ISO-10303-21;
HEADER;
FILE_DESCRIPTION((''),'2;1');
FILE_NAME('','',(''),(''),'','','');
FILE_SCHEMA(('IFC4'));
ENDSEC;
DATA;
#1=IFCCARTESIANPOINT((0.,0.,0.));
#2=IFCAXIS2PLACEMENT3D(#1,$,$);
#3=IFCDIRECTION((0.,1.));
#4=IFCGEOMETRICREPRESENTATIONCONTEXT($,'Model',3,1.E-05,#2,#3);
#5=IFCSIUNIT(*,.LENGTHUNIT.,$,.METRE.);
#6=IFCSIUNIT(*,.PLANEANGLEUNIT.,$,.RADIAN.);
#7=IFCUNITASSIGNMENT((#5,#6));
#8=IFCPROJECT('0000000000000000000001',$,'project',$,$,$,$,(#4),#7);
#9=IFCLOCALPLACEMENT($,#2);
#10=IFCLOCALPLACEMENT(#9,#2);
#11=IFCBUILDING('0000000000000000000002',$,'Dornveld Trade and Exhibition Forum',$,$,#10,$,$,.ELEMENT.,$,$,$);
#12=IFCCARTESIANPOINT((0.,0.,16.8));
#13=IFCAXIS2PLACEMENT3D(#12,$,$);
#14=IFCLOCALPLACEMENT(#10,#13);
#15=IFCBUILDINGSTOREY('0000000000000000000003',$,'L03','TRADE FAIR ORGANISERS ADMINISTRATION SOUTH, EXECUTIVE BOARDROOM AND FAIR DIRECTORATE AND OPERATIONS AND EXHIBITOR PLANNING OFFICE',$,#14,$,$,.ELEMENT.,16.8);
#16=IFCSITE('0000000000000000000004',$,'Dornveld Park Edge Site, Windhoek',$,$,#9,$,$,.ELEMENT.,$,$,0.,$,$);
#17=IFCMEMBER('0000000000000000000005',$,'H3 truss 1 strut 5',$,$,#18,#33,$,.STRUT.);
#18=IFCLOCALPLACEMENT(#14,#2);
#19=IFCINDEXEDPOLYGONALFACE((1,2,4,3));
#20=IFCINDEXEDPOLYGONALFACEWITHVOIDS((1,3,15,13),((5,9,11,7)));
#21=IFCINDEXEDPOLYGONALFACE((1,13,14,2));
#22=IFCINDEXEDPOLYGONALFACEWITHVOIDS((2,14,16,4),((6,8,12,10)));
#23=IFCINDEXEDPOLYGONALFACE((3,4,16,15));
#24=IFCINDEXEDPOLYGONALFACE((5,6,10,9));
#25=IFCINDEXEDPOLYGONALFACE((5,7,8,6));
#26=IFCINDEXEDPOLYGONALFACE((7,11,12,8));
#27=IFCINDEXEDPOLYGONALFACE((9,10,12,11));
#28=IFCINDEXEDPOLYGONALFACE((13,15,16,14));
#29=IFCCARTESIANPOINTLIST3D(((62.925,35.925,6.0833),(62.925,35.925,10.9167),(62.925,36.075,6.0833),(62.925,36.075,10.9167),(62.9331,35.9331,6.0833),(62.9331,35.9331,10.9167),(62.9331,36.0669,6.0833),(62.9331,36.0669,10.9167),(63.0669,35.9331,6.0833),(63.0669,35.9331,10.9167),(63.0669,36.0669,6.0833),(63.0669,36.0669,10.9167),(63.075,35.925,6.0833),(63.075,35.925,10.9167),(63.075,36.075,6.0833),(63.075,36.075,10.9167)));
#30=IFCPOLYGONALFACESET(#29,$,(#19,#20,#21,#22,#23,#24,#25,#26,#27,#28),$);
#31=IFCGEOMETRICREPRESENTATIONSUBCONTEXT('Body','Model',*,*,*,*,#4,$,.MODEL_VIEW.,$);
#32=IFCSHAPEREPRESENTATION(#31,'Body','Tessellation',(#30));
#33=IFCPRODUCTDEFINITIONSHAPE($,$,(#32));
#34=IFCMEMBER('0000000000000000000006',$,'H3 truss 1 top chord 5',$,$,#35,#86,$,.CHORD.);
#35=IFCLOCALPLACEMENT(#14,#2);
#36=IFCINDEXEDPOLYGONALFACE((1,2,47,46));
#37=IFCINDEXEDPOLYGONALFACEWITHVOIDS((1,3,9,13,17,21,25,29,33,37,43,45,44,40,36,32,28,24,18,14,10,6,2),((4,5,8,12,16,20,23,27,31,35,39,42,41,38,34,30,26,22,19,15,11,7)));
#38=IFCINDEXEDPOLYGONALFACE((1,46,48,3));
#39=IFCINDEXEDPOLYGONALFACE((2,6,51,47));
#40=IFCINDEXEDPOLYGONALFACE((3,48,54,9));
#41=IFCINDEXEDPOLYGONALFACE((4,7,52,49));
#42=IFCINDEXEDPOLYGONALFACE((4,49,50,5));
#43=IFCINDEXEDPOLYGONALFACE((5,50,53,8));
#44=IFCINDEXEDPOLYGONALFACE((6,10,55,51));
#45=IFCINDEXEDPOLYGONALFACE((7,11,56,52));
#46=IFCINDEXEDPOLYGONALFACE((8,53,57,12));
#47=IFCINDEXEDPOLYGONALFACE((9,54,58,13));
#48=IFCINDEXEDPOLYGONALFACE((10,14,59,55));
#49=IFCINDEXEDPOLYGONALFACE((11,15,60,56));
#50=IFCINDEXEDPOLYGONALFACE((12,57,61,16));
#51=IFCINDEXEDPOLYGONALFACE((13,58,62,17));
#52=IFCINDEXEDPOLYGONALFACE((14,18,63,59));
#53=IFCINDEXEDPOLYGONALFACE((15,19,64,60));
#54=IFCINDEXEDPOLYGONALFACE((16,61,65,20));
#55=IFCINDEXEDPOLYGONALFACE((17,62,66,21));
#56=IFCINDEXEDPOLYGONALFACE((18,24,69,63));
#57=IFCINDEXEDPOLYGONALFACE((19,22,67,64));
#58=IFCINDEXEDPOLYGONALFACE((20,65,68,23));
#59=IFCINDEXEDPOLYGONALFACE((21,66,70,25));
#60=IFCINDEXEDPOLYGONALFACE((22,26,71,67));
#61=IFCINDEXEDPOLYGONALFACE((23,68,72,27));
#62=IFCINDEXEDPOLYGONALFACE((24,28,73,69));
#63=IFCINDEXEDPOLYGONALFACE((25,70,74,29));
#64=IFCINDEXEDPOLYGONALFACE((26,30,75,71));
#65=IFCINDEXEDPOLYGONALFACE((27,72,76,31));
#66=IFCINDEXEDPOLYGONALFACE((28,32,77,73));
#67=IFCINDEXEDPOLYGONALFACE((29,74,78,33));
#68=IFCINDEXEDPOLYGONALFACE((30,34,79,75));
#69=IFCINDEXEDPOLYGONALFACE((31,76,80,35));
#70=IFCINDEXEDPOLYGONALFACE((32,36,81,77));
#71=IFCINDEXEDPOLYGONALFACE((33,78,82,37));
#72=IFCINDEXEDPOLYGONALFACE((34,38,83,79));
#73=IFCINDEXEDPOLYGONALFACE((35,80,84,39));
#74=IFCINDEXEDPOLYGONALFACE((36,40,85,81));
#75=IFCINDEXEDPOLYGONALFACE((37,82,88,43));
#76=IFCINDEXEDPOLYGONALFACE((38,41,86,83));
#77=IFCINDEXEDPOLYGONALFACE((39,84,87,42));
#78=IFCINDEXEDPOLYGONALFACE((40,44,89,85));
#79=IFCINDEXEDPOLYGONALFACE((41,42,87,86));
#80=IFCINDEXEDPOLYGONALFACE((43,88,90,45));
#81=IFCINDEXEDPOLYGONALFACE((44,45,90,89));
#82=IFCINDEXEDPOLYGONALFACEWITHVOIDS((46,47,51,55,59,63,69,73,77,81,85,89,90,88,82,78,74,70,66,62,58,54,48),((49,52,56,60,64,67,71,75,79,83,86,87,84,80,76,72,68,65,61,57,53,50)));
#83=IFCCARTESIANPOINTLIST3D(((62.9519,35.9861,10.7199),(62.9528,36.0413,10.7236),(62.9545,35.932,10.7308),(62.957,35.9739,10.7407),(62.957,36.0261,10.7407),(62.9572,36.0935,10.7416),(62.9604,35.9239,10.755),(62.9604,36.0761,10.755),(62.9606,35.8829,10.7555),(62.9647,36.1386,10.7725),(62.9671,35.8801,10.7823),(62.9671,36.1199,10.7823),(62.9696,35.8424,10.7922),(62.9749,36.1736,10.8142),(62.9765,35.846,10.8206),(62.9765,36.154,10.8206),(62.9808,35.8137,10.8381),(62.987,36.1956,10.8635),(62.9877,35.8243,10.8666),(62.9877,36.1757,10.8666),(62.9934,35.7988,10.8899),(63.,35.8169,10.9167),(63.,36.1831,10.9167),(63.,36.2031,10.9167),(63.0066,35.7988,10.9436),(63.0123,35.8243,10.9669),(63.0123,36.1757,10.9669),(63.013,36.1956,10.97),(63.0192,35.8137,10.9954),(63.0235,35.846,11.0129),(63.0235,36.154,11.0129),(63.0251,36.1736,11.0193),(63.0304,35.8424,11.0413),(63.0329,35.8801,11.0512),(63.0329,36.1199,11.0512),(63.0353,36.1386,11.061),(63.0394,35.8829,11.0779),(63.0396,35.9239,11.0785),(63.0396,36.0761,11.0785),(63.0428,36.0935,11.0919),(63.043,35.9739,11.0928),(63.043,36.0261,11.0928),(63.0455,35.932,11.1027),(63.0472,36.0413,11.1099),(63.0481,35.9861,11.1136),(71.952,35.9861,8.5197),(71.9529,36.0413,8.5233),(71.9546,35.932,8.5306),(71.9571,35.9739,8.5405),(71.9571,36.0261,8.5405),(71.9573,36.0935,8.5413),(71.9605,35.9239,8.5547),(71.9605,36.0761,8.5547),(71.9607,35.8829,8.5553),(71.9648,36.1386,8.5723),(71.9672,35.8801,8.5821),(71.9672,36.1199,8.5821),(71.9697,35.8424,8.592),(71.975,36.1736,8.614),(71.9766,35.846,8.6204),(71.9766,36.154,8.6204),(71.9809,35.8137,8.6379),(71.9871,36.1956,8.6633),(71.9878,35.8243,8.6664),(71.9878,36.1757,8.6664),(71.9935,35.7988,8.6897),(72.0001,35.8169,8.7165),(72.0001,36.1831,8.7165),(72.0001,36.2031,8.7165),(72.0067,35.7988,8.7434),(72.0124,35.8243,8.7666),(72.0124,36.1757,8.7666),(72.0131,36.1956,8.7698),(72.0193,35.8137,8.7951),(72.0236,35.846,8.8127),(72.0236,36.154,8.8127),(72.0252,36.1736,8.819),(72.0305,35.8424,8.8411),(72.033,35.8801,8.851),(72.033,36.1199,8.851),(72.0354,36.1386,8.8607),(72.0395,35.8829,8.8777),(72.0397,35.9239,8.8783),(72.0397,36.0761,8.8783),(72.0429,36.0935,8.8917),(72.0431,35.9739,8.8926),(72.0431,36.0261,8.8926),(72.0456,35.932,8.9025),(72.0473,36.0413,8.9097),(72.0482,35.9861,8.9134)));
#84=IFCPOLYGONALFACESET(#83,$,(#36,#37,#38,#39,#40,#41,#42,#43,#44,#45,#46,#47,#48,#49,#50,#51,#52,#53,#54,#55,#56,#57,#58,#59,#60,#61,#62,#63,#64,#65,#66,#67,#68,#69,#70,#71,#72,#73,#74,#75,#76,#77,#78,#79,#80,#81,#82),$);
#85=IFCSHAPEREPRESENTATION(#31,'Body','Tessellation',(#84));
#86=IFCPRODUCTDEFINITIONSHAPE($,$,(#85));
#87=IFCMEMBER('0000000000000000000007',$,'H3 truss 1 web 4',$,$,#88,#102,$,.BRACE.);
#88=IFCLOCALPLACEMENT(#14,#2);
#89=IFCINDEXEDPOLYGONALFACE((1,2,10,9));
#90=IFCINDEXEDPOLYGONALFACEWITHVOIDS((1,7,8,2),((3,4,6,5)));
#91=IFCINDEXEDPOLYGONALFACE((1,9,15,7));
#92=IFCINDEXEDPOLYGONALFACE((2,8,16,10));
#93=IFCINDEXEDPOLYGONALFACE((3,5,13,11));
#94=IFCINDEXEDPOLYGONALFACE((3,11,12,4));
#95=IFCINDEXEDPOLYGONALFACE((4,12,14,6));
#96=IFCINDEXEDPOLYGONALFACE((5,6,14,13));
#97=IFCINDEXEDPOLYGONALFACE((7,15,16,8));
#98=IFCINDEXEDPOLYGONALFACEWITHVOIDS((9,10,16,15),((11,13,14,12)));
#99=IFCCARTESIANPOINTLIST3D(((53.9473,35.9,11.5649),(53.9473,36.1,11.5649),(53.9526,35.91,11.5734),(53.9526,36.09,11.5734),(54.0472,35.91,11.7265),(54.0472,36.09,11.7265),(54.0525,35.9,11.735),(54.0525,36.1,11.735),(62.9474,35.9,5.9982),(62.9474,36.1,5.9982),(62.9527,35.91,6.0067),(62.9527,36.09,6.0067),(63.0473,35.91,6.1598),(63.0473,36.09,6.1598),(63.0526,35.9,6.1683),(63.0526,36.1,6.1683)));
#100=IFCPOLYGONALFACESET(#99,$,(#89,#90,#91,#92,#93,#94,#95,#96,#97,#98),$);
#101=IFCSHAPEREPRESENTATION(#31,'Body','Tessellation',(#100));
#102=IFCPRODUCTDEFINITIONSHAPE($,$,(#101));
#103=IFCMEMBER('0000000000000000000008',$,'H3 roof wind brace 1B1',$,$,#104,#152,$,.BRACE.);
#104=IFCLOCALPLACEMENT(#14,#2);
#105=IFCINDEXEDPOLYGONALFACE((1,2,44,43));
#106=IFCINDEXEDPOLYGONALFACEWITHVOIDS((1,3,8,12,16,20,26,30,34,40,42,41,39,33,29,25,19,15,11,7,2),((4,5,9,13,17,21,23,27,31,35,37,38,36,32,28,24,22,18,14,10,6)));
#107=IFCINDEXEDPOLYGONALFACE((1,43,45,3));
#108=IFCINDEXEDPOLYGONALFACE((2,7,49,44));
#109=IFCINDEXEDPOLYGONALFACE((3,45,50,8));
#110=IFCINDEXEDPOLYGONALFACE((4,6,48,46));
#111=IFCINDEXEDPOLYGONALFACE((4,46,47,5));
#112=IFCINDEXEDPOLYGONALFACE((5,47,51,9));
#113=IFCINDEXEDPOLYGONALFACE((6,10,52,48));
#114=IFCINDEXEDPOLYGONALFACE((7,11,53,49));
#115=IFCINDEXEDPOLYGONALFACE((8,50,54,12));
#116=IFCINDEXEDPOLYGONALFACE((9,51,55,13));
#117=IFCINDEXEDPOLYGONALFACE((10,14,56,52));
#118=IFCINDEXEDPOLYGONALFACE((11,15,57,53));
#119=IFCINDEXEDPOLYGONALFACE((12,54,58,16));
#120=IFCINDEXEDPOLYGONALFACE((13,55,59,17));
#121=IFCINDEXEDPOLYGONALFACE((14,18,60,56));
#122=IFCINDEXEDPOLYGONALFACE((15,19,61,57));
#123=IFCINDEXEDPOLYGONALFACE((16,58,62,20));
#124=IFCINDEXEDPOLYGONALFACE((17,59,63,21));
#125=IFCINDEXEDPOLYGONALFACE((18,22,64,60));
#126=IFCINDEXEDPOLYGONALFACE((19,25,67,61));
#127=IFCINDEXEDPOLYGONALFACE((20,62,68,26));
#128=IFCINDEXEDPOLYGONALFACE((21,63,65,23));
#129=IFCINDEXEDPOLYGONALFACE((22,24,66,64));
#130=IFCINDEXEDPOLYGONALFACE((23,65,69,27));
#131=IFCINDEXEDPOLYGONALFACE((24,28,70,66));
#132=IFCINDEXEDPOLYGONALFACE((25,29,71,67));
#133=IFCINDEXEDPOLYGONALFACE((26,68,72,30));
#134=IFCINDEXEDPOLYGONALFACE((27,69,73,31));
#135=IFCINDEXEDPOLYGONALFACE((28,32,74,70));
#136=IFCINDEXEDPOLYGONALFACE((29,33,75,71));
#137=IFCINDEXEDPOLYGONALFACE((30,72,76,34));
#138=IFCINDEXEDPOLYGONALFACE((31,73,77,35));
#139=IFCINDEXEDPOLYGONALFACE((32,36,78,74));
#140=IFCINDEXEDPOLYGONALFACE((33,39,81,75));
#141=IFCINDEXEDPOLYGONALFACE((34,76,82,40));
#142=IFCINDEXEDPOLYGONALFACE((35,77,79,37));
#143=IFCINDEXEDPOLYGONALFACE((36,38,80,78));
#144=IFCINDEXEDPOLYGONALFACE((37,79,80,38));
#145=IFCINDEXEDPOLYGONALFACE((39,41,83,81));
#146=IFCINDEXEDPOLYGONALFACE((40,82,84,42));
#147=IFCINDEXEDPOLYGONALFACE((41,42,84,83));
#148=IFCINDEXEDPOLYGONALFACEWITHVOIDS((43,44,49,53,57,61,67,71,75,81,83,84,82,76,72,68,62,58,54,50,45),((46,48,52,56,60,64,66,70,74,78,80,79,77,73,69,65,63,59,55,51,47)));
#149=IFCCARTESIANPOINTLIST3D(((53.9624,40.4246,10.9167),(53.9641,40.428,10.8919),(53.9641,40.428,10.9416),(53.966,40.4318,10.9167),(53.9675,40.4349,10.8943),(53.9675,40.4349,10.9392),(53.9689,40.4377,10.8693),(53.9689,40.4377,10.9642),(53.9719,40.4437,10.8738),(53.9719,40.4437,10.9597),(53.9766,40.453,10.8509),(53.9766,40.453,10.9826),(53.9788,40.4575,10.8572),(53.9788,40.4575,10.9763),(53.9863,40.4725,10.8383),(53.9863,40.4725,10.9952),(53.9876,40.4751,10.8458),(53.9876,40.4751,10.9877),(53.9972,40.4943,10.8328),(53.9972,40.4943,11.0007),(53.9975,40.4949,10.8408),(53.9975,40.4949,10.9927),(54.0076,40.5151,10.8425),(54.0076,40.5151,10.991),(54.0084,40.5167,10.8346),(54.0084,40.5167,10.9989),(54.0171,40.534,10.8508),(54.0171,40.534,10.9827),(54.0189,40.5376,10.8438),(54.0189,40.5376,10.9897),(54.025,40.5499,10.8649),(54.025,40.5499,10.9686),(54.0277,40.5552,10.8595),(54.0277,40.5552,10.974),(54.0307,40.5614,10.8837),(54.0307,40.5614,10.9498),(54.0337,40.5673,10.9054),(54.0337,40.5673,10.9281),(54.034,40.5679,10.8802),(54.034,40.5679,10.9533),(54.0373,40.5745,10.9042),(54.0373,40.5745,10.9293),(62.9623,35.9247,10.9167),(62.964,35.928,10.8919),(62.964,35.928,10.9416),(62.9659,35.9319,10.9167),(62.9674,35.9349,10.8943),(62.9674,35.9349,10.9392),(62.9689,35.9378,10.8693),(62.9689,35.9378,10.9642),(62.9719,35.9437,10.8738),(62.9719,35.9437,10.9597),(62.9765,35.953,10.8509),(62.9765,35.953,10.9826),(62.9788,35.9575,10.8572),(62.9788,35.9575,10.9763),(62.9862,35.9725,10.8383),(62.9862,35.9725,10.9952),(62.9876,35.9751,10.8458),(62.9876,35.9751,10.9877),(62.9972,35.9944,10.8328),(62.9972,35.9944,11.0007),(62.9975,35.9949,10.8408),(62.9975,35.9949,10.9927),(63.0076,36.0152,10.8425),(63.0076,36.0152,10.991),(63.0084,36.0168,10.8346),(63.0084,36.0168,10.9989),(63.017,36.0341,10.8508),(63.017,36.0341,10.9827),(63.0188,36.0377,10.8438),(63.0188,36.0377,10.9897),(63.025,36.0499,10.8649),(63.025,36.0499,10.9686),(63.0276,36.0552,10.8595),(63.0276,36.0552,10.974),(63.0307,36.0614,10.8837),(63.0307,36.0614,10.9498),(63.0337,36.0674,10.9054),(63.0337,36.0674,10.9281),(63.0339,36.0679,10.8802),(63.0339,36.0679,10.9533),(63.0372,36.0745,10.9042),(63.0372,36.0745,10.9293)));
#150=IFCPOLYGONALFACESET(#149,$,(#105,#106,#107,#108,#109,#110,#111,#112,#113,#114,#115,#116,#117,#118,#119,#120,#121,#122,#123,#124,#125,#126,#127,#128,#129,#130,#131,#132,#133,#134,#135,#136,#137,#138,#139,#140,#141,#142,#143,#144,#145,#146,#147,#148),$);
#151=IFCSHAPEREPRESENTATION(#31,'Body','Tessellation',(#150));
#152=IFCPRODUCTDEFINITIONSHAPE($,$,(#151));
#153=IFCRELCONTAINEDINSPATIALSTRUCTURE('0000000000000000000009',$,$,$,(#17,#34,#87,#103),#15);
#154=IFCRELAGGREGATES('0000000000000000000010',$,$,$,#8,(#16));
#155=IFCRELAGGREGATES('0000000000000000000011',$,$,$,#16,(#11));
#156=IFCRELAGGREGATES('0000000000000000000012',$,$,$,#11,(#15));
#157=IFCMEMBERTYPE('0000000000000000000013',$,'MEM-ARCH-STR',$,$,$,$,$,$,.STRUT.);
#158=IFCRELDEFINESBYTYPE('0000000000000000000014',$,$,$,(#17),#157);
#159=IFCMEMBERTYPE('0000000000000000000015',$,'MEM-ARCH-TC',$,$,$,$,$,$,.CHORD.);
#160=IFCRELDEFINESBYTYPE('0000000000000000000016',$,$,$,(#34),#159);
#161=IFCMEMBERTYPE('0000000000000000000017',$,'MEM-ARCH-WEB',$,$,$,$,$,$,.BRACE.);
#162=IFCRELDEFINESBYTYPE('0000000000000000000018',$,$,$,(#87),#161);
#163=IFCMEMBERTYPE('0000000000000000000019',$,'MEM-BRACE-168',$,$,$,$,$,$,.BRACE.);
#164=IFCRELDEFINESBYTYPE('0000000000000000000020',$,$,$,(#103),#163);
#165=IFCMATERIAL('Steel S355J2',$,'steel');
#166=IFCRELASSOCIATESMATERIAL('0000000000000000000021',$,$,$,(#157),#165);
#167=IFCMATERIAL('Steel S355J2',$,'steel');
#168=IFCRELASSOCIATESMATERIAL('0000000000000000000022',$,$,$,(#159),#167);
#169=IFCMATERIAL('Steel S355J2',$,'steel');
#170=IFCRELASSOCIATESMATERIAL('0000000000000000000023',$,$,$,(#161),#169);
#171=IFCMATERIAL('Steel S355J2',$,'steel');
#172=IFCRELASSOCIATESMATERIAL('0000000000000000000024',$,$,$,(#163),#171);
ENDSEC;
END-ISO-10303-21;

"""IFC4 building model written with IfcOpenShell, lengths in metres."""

from ifc_helpers import new_model, si_unit, direction, frame, origin, origin_2d, place, context, subcontext, project, spatial, hollow_rectangle, hollow_circle, extrude, material, material_profile, profile_set, type_object, element, save


model = new_model("IFC4")

# Units and contexts
model_context = context("Model", 3, precision=1e-05, world=origin(), true_north=direction((0.0, 1.0)))
body_context = subcontext(model_context, "Body", "Model", "MODEL_VIEW")
ifc_project = project(units=[si_unit("LENGTHUNIT", "METRE"), si_unit("PLANEANGLEUNIT", "RADIAN")], contexts=[model_context])

# Site, building, storey
site_placement = place(None, origin())
site = spatial("IfcSite", under=ifc_project, at=site_placement, Name="Dornveld Park Edge Site, Windhoek", CompositionType="ELEMENT", RefElevation=0.0)
building_placement = place(site_placement, origin())
building = spatial("IfcBuilding", under=site, at=building_placement, Name="Dornveld Trade and Exhibition Forum", CompositionType="ELEMENT")
storey_placement = place(building_placement, frame((0.0, 0.0, 16.8)))
storey = spatial("IfcBuildingStorey", under=building, at=storey_placement, Name="L03", Description="TRADE FAIR ORGANISERS ADMINISTRATION SOUTH, EXECUTIVE BOARDROOM AND FAIR DIRECTORATE AND OPERATIONS AND EXHIBITOR PLANNING OFFICE", CompositionType="ELEMENT", Elevation=16.8)

# Members
ifc_material_1 = material(Name="Steel S355J2", Category="steel")
ifc_material_profile_1 = material_profile(ifc_material_1, hollow_rectangle(XDim=0.1499, YDim=0.1499, WallThickness=0.0081, at=origin_2d()), Name="SHS 150x150x8")
ifc_profile_set_1 = profile_set([ifc_material_profile_1], Name="Steel S355J2")
member_type_1 = type_object("IfcMemberType", Name="MEM-ARCH-STR", PredefinedType="STRUT", material=ifc_profile_set_1)
member_1_placement = place(storey_placement, frame((63.0, 36.0, 6.0833), z_axis=(0.0, 0.0, 1.0), x_axis=(1.0, 0.0, 0.0)))
element("IfcMember", 1, at=member_1_placement, inside=storey, type_object=member_type_1, Name="H3 truss 1 strut 5", PredefinedType="STRUT", context=body_context, shape_type="SweptSolid", body=[
    extrude(hollow_rectangle(XDim=0.1499, YDim=0.1499, WallThickness=0.0081, at=origin_2d()), origin(), (0.0, 0.0, 1.0), 4.8335),
])
ifc_material_2 = material(Name="Steel S355J2", Category="steel")
ifc_material_profile_2 = material_profile(ifc_material_2, hollow_circle(Radius=0.2031, WallThickness=0.02, at=origin_2d()), Name="CHS 406.4x20")
ifc_profile_set_2 = profile_set([ifc_material_profile_2], Name="Steel S355J2")
member_type_2 = type_object("IfcMemberType", Name="MEM-ARCH-TC", PredefinedType="CHORD", material=ifc_profile_set_2)
member_2_placement = place(storey_placement, frame((63.0, 36.0, 10.9167), z_axis=(0.971394, 0.0, -0.237473), x_axis=(0.0, 1.0, 0.0)))
element("IfcMember", 2, at=member_2_placement, inside=storey, type_object=member_type_2, Name="H3 truss 1 top chord 5", PredefinedType="CHORD", context=body_context, shape_type="SweptSolid", body=[
    extrude(hollow_circle(Radius=0.2031, WallThickness=0.02, at=origin_2d()), origin(), (0.0, 0.0, 1.0), 9.2651),
])
ifc_material_3 = material(Name="Steel S355J2", Category="steel")
ifc_material_profile_3 = material_profile(ifc_material_3, hollow_rectangle(XDim=0.2, YDim=0.2, WallThickness=0.01, at=origin_2d()), Name="SHS 200x200x10")
ifc_profile_set_3 = profile_set([ifc_material_profile_3], Name="Steel S355J2")
member_type_3 = type_object("IfcMemberType", Name="MEM-ARCH-WEB", PredefinedType="BRACE", material=ifc_profile_set_3)
member_3_placement = place(storey_placement, frame((63.0, 36.0, 6.0833), z_axis=(-0.850467, 0.0, 0.526028), x_axis=(0.0, -1.0, 0.0)))
element("IfcMember", 3, at=member_3_placement, inside=storey, type_object=member_type_3, Name="H3 truss 1 web 4", PredefinedType="BRACE", context=body_context, shape_type="SweptSolid", body=[
    extrude(hollow_rectangle(XDim=0.2, YDim=0.2, WallThickness=0.01, at=origin_2d()), origin(), (0.0, 0.0, 1.0), 10.5825),
])
ifc_material_4 = material(Name="Steel S355J2", Category="steel")
ifc_material_profile_4 = material_profile(ifc_material_4, hollow_circle(Radius=0.0842, WallThickness=0.0081, at=origin_2d()), Name="CHS 168.3x8")
ifc_profile_set_4 = profile_set([ifc_material_profile_4], Name="Steel S355J2")
member_type_4 = type_object("IfcMemberType", Name="MEM-BRACE-168", PredefinedType="BRACE", material=ifc_profile_set_4)
member_4_placement = place(storey_placement, frame((63.0, 36.0, 10.9167), z_axis=(-0.894427, 0.447214, 0.0), x_axis=(-0.447214, -0.894427, 0.0)))
element("IfcMember", 4, at=member_4_placement, inside=storey, type_object=member_type_4, Name="H3 roof wind brace 1B1", PredefinedType="BRACE", context=body_context, shape_type="SweptSolid", body=[
    extrude(hollow_circle(Radius=0.0842, WallThickness=0.0081, at=origin_2d()), origin(), (0.0, 0.0, 1.0), 10.0623),
])

save(model, "model.ifc")
